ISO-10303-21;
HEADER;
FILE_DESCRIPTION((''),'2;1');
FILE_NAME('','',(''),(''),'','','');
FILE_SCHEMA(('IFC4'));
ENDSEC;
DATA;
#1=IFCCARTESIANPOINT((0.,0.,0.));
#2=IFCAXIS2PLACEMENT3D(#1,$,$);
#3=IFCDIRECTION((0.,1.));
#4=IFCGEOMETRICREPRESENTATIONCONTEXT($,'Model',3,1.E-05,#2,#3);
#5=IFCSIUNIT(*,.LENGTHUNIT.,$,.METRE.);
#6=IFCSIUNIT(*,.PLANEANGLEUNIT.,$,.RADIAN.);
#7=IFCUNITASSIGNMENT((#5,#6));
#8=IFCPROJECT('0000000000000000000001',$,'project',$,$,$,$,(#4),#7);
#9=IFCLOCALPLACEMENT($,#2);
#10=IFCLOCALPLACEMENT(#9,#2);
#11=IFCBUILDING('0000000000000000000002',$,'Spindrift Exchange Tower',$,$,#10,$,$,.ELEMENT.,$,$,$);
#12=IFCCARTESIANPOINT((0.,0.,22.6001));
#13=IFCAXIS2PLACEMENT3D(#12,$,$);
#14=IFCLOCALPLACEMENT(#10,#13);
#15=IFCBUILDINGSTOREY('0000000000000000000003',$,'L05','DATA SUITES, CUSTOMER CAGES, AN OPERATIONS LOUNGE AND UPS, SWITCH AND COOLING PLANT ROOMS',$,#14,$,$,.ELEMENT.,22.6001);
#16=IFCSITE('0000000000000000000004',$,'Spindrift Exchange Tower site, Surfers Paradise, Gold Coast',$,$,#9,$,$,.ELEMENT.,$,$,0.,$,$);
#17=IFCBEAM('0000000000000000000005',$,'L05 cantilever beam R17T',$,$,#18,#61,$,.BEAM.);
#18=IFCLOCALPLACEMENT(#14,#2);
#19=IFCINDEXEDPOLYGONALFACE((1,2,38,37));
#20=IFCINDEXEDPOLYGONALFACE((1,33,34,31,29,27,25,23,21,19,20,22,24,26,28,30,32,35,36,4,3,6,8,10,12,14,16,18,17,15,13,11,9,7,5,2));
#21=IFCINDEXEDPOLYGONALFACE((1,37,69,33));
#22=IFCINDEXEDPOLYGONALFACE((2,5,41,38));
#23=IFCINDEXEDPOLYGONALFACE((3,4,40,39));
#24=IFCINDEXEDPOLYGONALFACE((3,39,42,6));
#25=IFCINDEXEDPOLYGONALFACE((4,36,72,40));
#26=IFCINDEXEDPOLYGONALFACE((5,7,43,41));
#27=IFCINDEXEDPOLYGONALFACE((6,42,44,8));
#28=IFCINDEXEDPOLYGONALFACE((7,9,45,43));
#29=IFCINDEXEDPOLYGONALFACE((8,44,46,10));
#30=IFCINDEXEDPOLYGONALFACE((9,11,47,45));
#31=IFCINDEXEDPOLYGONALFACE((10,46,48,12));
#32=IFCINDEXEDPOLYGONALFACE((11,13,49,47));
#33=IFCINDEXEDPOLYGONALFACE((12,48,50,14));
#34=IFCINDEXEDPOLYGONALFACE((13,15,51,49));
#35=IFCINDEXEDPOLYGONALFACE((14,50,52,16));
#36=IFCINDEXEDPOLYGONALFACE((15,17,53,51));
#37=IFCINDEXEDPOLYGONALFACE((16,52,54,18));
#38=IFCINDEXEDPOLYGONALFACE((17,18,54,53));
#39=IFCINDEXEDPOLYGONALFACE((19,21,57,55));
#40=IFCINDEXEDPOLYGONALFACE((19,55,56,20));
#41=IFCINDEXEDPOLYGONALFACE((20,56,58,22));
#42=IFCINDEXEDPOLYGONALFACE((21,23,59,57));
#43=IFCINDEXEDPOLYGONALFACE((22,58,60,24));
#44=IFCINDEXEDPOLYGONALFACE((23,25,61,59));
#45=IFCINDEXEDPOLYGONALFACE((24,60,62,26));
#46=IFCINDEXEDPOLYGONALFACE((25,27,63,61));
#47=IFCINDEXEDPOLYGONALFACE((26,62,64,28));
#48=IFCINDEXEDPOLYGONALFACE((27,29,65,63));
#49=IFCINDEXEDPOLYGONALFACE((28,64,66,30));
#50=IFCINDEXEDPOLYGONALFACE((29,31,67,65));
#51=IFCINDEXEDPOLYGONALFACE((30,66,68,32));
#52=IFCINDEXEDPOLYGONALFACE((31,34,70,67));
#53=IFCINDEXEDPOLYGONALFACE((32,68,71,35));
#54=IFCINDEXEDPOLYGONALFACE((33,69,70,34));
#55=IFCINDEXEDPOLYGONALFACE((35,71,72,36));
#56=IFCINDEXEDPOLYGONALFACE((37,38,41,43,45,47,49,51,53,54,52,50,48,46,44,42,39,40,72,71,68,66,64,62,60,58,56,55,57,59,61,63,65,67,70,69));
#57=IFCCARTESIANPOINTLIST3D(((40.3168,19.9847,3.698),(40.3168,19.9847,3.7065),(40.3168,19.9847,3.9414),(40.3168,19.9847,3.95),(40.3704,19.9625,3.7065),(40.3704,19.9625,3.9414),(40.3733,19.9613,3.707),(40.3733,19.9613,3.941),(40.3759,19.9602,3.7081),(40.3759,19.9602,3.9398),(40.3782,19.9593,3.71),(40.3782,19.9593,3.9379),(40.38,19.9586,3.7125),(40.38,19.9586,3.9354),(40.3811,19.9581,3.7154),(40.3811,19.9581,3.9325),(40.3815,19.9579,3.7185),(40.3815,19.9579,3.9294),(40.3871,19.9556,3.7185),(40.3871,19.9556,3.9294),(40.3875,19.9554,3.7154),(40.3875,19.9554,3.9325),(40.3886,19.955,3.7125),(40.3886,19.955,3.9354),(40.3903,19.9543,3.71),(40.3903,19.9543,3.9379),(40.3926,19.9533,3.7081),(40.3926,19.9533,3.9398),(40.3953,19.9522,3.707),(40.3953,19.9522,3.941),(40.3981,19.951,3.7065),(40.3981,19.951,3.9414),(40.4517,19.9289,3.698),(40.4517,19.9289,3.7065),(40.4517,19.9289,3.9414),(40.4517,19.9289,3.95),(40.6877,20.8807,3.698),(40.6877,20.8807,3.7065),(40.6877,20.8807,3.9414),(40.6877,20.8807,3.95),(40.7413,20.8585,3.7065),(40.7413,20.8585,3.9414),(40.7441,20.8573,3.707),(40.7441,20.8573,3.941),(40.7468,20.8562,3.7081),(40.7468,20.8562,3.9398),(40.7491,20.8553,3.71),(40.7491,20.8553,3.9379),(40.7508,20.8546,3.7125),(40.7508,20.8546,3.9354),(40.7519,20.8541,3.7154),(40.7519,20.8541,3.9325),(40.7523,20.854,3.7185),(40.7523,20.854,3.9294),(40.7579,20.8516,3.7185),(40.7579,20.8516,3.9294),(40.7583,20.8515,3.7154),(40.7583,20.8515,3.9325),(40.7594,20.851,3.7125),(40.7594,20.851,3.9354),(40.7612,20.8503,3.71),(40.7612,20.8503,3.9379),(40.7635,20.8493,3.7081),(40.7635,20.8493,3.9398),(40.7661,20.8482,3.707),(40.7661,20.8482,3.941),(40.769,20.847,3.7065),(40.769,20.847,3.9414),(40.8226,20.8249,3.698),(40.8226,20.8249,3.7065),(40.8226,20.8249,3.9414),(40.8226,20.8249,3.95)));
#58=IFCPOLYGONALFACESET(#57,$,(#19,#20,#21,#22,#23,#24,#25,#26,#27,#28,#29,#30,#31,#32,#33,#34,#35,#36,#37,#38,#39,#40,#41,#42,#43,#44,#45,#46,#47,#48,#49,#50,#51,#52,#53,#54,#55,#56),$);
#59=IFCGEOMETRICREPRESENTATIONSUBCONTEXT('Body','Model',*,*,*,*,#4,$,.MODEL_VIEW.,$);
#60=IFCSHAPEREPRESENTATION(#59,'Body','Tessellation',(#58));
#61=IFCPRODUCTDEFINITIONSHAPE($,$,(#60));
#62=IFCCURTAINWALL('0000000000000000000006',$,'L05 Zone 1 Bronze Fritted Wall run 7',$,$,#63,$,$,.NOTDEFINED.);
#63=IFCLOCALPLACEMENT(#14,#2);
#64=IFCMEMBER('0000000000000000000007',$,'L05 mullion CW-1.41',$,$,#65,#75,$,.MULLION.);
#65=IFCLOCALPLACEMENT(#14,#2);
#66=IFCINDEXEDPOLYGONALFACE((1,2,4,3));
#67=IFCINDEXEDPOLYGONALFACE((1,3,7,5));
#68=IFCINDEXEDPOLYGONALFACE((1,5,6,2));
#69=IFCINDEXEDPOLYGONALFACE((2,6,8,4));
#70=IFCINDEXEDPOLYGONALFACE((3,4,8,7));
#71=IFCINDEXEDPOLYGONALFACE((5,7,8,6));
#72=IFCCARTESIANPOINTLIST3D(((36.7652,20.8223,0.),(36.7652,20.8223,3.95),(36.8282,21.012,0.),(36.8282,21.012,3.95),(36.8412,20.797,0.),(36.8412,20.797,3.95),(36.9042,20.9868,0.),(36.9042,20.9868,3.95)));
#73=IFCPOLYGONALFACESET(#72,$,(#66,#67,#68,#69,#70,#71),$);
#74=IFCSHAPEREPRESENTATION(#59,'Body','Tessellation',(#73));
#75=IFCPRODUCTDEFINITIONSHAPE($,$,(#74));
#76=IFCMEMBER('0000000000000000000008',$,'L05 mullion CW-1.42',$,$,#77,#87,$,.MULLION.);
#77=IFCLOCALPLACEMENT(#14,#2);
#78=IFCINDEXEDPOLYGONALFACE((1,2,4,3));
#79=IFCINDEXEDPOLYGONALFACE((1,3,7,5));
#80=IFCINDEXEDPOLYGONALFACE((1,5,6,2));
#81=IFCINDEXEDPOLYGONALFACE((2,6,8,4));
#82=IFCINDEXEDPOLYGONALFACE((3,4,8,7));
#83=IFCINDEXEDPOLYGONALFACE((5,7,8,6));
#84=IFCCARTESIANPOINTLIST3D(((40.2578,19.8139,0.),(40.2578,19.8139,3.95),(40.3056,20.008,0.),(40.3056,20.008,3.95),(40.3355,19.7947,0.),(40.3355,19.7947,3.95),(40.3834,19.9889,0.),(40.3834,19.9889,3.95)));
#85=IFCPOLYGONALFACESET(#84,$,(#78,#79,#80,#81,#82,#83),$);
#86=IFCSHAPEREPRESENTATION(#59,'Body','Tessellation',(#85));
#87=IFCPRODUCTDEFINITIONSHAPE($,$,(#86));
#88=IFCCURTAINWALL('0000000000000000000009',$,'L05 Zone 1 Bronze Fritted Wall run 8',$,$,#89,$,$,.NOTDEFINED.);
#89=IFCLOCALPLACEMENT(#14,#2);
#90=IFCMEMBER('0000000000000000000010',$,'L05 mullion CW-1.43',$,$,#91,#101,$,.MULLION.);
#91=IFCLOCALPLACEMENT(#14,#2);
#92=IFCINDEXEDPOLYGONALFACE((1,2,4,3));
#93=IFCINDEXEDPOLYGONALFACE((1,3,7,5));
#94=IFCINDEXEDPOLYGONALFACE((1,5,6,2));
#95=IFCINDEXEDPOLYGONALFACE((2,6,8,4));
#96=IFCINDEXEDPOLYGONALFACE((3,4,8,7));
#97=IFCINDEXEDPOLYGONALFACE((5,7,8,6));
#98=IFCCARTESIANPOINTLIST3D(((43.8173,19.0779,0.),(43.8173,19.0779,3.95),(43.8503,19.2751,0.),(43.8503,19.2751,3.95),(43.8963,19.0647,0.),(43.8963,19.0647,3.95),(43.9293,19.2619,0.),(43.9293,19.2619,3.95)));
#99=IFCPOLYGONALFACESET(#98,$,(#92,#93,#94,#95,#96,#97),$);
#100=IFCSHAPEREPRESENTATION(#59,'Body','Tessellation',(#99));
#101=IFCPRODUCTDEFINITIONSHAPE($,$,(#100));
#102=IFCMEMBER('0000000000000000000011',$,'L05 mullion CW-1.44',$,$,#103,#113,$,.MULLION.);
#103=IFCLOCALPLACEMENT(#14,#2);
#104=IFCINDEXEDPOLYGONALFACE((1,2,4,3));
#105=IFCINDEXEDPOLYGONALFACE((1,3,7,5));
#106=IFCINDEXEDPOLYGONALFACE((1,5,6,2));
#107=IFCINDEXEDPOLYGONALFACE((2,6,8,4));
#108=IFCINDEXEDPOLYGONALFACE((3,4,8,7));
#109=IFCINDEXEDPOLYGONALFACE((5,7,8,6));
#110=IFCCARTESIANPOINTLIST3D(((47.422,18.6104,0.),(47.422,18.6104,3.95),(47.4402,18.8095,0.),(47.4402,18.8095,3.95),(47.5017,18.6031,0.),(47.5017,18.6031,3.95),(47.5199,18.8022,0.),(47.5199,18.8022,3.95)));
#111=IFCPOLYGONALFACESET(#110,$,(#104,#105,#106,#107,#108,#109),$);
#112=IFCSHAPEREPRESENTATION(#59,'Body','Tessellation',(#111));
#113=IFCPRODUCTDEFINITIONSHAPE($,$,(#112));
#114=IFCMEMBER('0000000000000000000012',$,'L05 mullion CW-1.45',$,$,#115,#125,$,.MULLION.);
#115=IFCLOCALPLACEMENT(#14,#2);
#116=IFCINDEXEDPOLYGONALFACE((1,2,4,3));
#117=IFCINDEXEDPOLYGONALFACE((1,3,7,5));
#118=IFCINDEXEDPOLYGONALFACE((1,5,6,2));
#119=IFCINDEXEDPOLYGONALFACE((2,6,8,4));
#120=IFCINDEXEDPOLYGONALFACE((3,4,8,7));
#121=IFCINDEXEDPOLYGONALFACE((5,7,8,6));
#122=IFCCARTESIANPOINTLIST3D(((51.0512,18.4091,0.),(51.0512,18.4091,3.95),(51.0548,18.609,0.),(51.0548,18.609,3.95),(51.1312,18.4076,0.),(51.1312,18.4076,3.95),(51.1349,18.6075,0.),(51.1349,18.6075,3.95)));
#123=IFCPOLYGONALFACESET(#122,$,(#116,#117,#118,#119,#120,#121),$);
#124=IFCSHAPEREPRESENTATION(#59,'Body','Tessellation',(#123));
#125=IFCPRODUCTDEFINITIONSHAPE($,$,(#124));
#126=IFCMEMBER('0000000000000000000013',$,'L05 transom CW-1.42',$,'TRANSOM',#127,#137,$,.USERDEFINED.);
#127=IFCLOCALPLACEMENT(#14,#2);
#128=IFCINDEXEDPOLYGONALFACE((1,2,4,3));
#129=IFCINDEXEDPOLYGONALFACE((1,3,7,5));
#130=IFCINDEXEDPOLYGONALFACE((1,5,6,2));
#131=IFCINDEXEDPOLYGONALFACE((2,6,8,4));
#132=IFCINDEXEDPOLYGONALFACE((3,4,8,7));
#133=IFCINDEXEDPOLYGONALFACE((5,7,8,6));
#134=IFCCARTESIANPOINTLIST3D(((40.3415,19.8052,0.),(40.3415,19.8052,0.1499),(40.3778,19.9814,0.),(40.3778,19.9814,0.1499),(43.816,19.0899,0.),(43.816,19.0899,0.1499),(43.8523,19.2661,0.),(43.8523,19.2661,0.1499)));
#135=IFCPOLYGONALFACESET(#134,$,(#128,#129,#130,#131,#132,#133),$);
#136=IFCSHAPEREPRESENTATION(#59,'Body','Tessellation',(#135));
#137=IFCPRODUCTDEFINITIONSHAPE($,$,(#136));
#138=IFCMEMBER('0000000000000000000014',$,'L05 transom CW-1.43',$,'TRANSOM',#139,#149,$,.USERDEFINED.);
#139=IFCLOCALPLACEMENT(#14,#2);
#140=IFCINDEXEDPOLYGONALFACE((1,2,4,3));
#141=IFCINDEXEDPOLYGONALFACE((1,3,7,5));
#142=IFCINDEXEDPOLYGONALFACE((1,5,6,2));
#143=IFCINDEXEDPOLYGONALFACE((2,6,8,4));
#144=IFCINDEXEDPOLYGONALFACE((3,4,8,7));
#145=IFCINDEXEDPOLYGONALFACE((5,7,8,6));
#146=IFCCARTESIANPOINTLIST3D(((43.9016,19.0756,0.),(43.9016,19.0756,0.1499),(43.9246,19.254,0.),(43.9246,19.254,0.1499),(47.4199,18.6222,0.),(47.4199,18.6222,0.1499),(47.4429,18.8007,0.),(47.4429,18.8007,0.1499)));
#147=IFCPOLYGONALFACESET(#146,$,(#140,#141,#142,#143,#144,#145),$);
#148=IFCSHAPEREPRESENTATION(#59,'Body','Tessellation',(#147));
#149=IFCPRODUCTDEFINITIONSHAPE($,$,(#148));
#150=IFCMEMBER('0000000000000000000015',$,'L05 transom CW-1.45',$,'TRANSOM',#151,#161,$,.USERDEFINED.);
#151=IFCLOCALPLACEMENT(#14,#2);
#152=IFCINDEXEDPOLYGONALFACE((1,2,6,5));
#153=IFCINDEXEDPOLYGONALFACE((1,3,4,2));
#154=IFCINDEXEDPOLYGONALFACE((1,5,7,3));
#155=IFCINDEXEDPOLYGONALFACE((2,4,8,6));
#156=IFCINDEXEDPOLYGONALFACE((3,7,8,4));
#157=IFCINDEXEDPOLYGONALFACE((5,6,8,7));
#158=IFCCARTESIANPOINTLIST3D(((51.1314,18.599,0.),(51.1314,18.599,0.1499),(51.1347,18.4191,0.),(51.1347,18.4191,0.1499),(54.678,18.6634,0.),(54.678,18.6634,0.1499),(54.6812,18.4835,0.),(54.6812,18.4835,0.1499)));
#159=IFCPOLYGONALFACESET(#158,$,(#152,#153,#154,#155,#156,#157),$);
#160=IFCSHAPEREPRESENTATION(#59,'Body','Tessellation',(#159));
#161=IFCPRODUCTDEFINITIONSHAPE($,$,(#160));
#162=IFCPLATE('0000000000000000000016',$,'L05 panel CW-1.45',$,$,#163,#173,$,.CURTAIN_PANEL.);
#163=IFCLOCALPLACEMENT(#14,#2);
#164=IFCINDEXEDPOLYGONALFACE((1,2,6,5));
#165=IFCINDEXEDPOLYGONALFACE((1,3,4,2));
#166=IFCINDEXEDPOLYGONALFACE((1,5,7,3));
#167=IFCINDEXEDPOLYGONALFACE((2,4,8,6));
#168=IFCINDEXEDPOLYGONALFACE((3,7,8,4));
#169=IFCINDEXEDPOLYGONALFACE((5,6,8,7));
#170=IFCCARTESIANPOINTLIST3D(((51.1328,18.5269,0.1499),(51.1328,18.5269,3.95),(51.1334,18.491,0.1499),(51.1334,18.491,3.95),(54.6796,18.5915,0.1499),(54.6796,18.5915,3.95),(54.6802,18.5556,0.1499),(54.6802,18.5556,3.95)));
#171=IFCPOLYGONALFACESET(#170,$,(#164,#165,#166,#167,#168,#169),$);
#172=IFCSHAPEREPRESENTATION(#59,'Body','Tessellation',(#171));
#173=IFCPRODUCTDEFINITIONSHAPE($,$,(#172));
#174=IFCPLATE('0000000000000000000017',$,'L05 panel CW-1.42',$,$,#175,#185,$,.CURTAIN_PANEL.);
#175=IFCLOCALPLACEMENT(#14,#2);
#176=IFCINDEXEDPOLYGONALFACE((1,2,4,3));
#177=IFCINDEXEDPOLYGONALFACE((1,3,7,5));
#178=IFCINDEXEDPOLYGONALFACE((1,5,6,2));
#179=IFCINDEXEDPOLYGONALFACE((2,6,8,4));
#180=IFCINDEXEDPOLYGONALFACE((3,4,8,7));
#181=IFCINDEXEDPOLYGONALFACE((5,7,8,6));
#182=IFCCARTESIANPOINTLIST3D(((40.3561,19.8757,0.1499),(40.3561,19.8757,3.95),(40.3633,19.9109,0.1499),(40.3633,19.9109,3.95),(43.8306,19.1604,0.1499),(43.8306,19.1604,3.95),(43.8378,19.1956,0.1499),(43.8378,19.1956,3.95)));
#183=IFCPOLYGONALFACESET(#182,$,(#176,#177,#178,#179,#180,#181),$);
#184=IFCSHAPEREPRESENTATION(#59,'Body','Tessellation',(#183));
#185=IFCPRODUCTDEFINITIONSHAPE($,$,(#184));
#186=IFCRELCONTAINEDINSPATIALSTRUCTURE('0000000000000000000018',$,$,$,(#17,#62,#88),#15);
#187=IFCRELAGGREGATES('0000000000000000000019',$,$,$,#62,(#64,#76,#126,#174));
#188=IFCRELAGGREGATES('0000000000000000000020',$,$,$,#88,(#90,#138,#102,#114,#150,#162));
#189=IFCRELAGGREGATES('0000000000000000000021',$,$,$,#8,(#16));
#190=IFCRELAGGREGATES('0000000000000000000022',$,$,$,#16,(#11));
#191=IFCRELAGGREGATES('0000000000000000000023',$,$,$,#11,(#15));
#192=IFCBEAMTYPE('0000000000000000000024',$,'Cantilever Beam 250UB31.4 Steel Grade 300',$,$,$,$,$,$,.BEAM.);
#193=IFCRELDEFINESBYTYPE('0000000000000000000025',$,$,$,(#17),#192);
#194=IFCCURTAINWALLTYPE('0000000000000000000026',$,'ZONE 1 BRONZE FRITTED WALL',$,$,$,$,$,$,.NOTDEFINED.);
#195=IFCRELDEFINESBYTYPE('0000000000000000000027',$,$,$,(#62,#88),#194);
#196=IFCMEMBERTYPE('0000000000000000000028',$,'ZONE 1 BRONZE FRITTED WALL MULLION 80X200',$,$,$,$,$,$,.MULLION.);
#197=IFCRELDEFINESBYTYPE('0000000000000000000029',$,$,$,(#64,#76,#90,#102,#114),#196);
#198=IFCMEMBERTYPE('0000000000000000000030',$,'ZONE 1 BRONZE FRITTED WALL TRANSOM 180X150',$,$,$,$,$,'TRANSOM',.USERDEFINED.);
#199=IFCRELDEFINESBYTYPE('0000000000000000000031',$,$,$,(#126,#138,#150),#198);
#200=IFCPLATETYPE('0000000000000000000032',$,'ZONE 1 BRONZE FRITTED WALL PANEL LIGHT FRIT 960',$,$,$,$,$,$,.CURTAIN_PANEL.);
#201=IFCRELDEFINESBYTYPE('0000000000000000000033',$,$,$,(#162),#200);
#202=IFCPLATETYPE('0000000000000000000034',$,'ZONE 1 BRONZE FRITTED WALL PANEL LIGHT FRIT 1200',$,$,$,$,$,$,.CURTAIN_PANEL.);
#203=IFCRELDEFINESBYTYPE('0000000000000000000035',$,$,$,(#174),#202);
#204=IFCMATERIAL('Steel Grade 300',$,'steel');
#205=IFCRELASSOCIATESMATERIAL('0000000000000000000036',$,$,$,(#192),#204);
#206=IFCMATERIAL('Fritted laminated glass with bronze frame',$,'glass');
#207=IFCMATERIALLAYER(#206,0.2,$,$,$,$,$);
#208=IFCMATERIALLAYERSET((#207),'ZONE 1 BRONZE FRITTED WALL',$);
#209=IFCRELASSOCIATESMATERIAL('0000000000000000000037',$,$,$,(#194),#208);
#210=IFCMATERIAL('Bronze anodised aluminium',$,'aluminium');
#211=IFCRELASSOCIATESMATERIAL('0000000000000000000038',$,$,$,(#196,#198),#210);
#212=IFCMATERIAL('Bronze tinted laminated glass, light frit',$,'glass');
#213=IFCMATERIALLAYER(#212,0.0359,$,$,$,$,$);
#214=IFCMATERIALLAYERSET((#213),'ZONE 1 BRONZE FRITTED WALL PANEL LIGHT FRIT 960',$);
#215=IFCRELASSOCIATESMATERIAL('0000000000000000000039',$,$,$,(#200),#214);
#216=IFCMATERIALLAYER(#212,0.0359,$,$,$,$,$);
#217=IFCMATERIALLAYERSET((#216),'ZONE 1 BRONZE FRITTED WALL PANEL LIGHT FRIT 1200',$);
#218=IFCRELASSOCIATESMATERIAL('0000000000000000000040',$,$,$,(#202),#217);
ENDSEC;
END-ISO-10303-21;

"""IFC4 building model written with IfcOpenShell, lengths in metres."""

from ifc_helpers import new_model, si_unit, direction, frame, origin, origin_2d, place, context, subcontext, project, spatial, rectangle, i_section, extrude, source, transform, mapped, material, layer, layer_set, material_profile, profile_set, type_object, element, aggregate, save


model = new_model("IFC4")

# Units and contexts
model_context = context("Model", 3, precision=1e-05, world=origin(), true_north=direction((0.0, 1.0)))
body_context = subcontext(model_context, "Body", "Model", "MODEL_VIEW")
ifc_project = project(units=[si_unit("LENGTHUNIT", "METRE"), si_unit("PLANEANGLEUNIT", "RADIAN")], contexts=[model_context])

# Site, building, storey
site_placement = place(None, origin())
site = spatial("IfcSite", under=ifc_project, at=site_placement, Name="Spindrift Exchange Tower site, Surfers Paradise, Gold Coast", CompositionType="ELEMENT", RefElevation=0.0)
building_placement = place(site_placement, origin())
building = spatial("IfcBuilding", under=site, at=building_placement, Name="Spindrift Exchange Tower", CompositionType="ELEMENT")
storey_placement = place(building_placement, frame((0.0, 0.0, 22.6001)))
storey = spatial("IfcBuildingStorey", under=building, at=storey_placement, Name="L05", Description="DATA SUITES, CUSTOMER CAGES, AN OPERATIONS LOUNGE AND UPS, SWITCH AND COOLING PLANT ROOMS", CompositionType="ELEMENT", Elevation=22.6001)

# Beam
ifc_material_1 = material(Name="Steel Grade 300", Category="steel")
ifc_material_profile_1 = material_profile(ifc_material_1, i_section(OverallWidth=0.146, OverallDepth=0.252, WebThickness=0.0061, FlangeThickness=0.0085, FilletRadius=0.012, at=origin_2d()), Name="250UB31.4")
ifc_profile_set_1 = profile_set([ifc_material_profile_1], Name="Steel Grade 300")
beam_type_1 = type_object("IfcBeamType", Name="Cantilever Beam 250UB31.4 Steel Grade 300", PredefinedType="BEAM", material=ifc_profile_set_1)
shared_shape_1 = source(origin(), body_context, "Body", "SweptSolid", [
    extrude(i_section(OverallWidth=0.146, OverallDepth=0.252, WebThickness=0.0061, FlangeThickness=0.0085, FilletRadius=0.012, at=origin_2d()), origin(), (0.0, 0.0, 1.0), 0.9697),
])
beam_1_placement = place(storey_placement, frame((40.7551, 20.8528, 3.824), z_axis=(-0.382433, -0.923983, 0.0), x_axis=(0.923983, -0.382433, 0.0)))
element("IfcBeam", 1, at=beam_1_placement, inside=storey, type_object=beam_type_1, Name="L05 cantilever beam R17T", PredefinedType="BEAM", context=body_context, shape_type="MappedRepresentation", body=[
    mapped(shared_shape_1, transform((0.0, 0.0, 0.0), scale=1.0)),
])

# Curtain walls, members
ifc_material_2 = material(Name="Fritted laminated glass with bronze frame", Category="glass")
ifc_layer_1 = layer(ifc_material_2, 0.2)
ifc_layer_set_1 = layer_set([ifc_layer_1], Name="ZONE 1 BRONZE FRITTED WALL")
curtain_wall_type = type_object("IfcCurtainWallType", Name="ZONE 1 BRONZE FRITTED WALL", PredefinedType="NOTDEFINED", material=ifc_layer_set_1)
curtain_wall_1_placement = place(storey_placement, origin())
curtain_wall_1 = element("IfcCurtainWall", 2, at=curtain_wall_1_placement, inside=storey, type_object=curtain_wall_type, Name="L05 Zone 1 Bronze Fritted Wall run 7", PredefinedType="NOTDEFINED")
ifc_material_3 = material(Name="Bronze anodised aluminium", Category="aluminium")
ifc_material_profile_2 = material_profile(ifc_material_3, rectangle(XDim=0.0801, YDim=0.2, at=origin_2d()), Name="ZONE 1 BRONZE FRITTED WALL MULLION 80X200")
ifc_profile_set_2 = profile_set([ifc_material_profile_2], Name="Bronze anodised aluminium")
member_type_1 = type_object("IfcMemberType", Name="ZONE 1 BRONZE FRITTED WALL MULLION 80X200", PredefinedType="MULLION", material=ifc_profile_set_2)
shared_shape_2 = source(origin(), body_context, "Body", "SweptSolid", [
    extrude(rectangle(XDim=0.0801, YDim=0.2, at=origin_2d()), origin(), (0.0, 0.0, 1.0), 3.95),
])
member_1_placement = place(storey_placement, frame((36.8347, 20.9045, 0.0), z_axis=(0.0, 0.0, 1.0), x_axis=(0.9491, -0.314974, 0.0)))
member_1 = element("IfcMember", 3, at=member_1_placement, type_object=member_type_1, Name="L05 mullion CW-1.41", PredefinedType="MULLION", context=body_context, shape_type="MappedRepresentation", body=[
    mapped(shared_shape_2, transform((0.0, 0.0, 0.0), scale=1.0)),
])
member_2_placement = place(storey_placement, frame((40.3206, 19.9014, 0.0), z_axis=(0.0, 0.0, 1.0), x_axis=(0.970954, -0.239266, 0.0)))
member_2 = element("IfcMember", 4, at=member_2_placement, type_object=member_type_1, Name="L05 mullion CW-1.42", PredefinedType="MULLION", context=body_context, shape_type="MappedRepresentation", body=[
    mapped(shared_shape_2, transform((0.0, 0.0, 0.0), scale=1.0)),
])
curtain_wall_2_placement = place(storey_placement, origin())
curtain_wall_2 = element("IfcCurtainWall", 5, at=curtain_wall_2_placement, inside=storey, type_object=curtain_wall_type, Name="L05 Zone 1 Bronze Fritted Wall run 8", PredefinedType="NOTDEFINED")
member_3_placement = place(storey_placement, frame((43.8733, 19.1699, 0.0), z_axis=(0.0, 0.0, 1.0), x_axis=(0.986321, -0.164835, 0.0)))
member_3 = element("IfcMember", 6, at=member_3_placement, type_object=member_type_1, Name="L05 mullion CW-1.43", PredefinedType="MULLION", context=body_context, shape_type="MappedRepresentation", body=[
    mapped(shared_shape_2, transform((0.0, 0.0, 0.0), scale=1.0)),
])
member_4_placement = place(storey_placement, frame((47.4709, 18.7063, 0.0), z_axis=(0.0, 0.0, 1.0), x_axis=(0.995826, -0.091271, 0.0)))
member_4 = element("IfcMember", 7, at=member_4_placement, type_object=member_type_1, Name="L05 mullion CW-1.44", PredefinedType="MULLION", context=body_context, shape_type="MappedRepresentation", body=[
    mapped(shared_shape_2, transform((0.0, 0.0, 0.0), scale=1.0)),
])
member_5_placement = place(storey_placement, frame((51.093, 18.5083, 0.0), z_axis=(0.0, 0.0, 1.0), x_axis=(0.999834, -0.018221, 0.0)))
member_5 = element("IfcMember", 8, at=member_5_placement, type_object=member_type_1, Name="L05 mullion CW-1.45", PredefinedType="MULLION", context=body_context, shape_type="MappedRepresentation", body=[
    mapped(shared_shape_2, transform((0.0, 0.0, 0.0), scale=1.0)),
])

# Members
ifc_material_profile_3 = material_profile(ifc_material_3, rectangle(XDim=0.1799, YDim=0.1499, at=origin_2d()), Name="ZONE 1 BRONZE FRITTED WALL TRANSOM 180X150")
ifc_profile_set_3 = profile_set([ifc_material_profile_3], Name="Bronze anodised aluminium")
member_type_2 = type_object("IfcMemberType", Name="ZONE 1 BRONZE FRITTED WALL TRANSOM 180X150", ElementType="TRANSOM", PredefinedType="USERDEFINED", material=ifc_profile_set_3)
shared_shape_3 = source(origin(), body_context, "Body", "SweptSolid", [
    extrude(rectangle(XDim=0.1799, YDim=0.1499, at=origin_2d()), origin(), (0.0, 0.0, 1.0), 3.5474),
])
member_6_placement = place(storey_placement, frame((40.3596, 19.8933, 0.075), z_axis=(0.979459, -0.201645, 0.0), x_axis=(0.201645, 0.979459, 0.0)))
member_6 = element("IfcMember", 9, at=member_6_placement, type_object=member_type_2, Name="L05 transom CW-1.42", ObjectType="TRANSOM", PredefinedType="USERDEFINED", context=body_context, shape_type="MappedRepresentation", body=[
    mapped(shared_shape_3, transform((0.0, 0.0, 0.0), scale=1.0)),
])
member_7_placement = place(storey_placement, frame((43.9131, 19.1648, 0.075), z_axis=(0.9918, -0.127803, 0.0), x_axis=(0.127803, 0.9918, 0.0)))
member_7 = element("IfcMember", 10, at=member_7_placement, type_object=member_type_2, Name="L05 transom CW-1.43", ObjectType="TRANSOM", PredefinedType="USERDEFINED", context=body_context, shape_type="MappedRepresentation", body=[
    mapped(shared_shape_3, transform((0.0, 0.0, 0.0), scale=1.0)),
])
shared_shape_4 = source(origin(), body_context, "Body", "SweptSolid", [
    extrude(rectangle(XDim=0.1799, YDim=0.1499, at=origin_2d()), origin(), (0.0, 0.0, 1.0), 3.5471),
])
member_8_placement = place(storey_placement, frame((51.1331, 18.509, 0.075), z_axis=(0.999835, 0.01817, 0.0), x_axis=(-0.01817, 0.999835, 0.0)))
member_8 = element("IfcMember", 11, at=member_8_placement, type_object=member_type_2, Name="L05 transom CW-1.45", ObjectType="TRANSOM", PredefinedType="USERDEFINED", context=body_context, shape_type="MappedRepresentation", body=[
    mapped(shared_shape_4, transform((0.0, 0.0, 0.0), scale=1.0)),
])

# Plates
ifc_material_4 = material(Name="Bronze tinted laminated glass, light frit", Category="glass")
ifc_layer_2 = layer(ifc_material_4, 0.0359)
ifc_layer_set_2 = layer_set([ifc_layer_2], Name="ZONE 1 BRONZE FRITTED WALL PANEL LIGHT FRIT 960")
plate_type_1 = type_object("IfcPlateType", Name="ZONE 1 BRONZE FRITTED WALL PANEL LIGHT FRIT 960", PredefinedType="CURTAIN_PANEL", material=ifc_layer_set_2)
shared_shape_5 = source(origin(), body_context, "Body", "SweptSolid", [
    extrude(rectangle(XDim=3.5474, YDim=0.0359, at=origin_2d()), origin(), (0.0, 0.0, 1.0), 3.8),
])
plate_1_placement = place(storey_placement, frame((52.9065, 18.5413, 0.1499), z_axis=(0.0, 0.0, 1.0), x_axis=(0.999834, 0.018194, 0.0)))
plate_1 = element("IfcPlate", 12, at=plate_1_placement, type_object=plate_type_1, Name="L05 panel CW-1.45", PredefinedType="CURTAIN_PANEL", context=body_context, shape_type="MappedRepresentation", body=[
    mapped(shared_shape_5, transform((0.0, 0.0, 0.0), scale=1.0)),
])
ifc_layer_3 = layer(ifc_material_4, 0.0359)
ifc_layer_set_3 = layer_set([ifc_layer_3], Name="ZONE 1 BRONZE FRITTED WALL PANEL LIGHT FRIT 1200")
plate_type_2 = type_object("IfcPlateType", Name="ZONE 1 BRONZE FRITTED WALL PANEL LIGHT FRIT 1200", PredefinedType="CURTAIN_PANEL", material=ifc_layer_set_3)
shared_shape_6 = source(origin(), body_context, "Body", "SweptSolid", [
    extrude(rectangle(XDim=3.5474, YDim=0.0359, at=origin_2d()), origin(), (0.0, 0.0, 1.0), 3.8),
])
plate_2_placement = place(storey_placement, frame((42.0969, 19.5356, 0.1499), z_axis=(0.0, 0.0, 1.0), x_axis=(0.979461, -0.201632, 0.0)))
plate_2 = element("IfcPlate", 13, at=plate_2_placement, type_object=plate_type_2, Name="L05 panel CW-1.42", PredefinedType="CURTAIN_PANEL", context=body_context, shape_type="MappedRepresentation", body=[
    mapped(shared_shape_6, transform((0.0, 0.0, 0.0), scale=1.0)),
])
aggregate(curtain_wall_1, [member_1, member_2, member_6, plate_2])
aggregate(curtain_wall_2, [member_3, member_7, member_4, member_5, member_8, plate_1])

save(model, "model.ifc")
